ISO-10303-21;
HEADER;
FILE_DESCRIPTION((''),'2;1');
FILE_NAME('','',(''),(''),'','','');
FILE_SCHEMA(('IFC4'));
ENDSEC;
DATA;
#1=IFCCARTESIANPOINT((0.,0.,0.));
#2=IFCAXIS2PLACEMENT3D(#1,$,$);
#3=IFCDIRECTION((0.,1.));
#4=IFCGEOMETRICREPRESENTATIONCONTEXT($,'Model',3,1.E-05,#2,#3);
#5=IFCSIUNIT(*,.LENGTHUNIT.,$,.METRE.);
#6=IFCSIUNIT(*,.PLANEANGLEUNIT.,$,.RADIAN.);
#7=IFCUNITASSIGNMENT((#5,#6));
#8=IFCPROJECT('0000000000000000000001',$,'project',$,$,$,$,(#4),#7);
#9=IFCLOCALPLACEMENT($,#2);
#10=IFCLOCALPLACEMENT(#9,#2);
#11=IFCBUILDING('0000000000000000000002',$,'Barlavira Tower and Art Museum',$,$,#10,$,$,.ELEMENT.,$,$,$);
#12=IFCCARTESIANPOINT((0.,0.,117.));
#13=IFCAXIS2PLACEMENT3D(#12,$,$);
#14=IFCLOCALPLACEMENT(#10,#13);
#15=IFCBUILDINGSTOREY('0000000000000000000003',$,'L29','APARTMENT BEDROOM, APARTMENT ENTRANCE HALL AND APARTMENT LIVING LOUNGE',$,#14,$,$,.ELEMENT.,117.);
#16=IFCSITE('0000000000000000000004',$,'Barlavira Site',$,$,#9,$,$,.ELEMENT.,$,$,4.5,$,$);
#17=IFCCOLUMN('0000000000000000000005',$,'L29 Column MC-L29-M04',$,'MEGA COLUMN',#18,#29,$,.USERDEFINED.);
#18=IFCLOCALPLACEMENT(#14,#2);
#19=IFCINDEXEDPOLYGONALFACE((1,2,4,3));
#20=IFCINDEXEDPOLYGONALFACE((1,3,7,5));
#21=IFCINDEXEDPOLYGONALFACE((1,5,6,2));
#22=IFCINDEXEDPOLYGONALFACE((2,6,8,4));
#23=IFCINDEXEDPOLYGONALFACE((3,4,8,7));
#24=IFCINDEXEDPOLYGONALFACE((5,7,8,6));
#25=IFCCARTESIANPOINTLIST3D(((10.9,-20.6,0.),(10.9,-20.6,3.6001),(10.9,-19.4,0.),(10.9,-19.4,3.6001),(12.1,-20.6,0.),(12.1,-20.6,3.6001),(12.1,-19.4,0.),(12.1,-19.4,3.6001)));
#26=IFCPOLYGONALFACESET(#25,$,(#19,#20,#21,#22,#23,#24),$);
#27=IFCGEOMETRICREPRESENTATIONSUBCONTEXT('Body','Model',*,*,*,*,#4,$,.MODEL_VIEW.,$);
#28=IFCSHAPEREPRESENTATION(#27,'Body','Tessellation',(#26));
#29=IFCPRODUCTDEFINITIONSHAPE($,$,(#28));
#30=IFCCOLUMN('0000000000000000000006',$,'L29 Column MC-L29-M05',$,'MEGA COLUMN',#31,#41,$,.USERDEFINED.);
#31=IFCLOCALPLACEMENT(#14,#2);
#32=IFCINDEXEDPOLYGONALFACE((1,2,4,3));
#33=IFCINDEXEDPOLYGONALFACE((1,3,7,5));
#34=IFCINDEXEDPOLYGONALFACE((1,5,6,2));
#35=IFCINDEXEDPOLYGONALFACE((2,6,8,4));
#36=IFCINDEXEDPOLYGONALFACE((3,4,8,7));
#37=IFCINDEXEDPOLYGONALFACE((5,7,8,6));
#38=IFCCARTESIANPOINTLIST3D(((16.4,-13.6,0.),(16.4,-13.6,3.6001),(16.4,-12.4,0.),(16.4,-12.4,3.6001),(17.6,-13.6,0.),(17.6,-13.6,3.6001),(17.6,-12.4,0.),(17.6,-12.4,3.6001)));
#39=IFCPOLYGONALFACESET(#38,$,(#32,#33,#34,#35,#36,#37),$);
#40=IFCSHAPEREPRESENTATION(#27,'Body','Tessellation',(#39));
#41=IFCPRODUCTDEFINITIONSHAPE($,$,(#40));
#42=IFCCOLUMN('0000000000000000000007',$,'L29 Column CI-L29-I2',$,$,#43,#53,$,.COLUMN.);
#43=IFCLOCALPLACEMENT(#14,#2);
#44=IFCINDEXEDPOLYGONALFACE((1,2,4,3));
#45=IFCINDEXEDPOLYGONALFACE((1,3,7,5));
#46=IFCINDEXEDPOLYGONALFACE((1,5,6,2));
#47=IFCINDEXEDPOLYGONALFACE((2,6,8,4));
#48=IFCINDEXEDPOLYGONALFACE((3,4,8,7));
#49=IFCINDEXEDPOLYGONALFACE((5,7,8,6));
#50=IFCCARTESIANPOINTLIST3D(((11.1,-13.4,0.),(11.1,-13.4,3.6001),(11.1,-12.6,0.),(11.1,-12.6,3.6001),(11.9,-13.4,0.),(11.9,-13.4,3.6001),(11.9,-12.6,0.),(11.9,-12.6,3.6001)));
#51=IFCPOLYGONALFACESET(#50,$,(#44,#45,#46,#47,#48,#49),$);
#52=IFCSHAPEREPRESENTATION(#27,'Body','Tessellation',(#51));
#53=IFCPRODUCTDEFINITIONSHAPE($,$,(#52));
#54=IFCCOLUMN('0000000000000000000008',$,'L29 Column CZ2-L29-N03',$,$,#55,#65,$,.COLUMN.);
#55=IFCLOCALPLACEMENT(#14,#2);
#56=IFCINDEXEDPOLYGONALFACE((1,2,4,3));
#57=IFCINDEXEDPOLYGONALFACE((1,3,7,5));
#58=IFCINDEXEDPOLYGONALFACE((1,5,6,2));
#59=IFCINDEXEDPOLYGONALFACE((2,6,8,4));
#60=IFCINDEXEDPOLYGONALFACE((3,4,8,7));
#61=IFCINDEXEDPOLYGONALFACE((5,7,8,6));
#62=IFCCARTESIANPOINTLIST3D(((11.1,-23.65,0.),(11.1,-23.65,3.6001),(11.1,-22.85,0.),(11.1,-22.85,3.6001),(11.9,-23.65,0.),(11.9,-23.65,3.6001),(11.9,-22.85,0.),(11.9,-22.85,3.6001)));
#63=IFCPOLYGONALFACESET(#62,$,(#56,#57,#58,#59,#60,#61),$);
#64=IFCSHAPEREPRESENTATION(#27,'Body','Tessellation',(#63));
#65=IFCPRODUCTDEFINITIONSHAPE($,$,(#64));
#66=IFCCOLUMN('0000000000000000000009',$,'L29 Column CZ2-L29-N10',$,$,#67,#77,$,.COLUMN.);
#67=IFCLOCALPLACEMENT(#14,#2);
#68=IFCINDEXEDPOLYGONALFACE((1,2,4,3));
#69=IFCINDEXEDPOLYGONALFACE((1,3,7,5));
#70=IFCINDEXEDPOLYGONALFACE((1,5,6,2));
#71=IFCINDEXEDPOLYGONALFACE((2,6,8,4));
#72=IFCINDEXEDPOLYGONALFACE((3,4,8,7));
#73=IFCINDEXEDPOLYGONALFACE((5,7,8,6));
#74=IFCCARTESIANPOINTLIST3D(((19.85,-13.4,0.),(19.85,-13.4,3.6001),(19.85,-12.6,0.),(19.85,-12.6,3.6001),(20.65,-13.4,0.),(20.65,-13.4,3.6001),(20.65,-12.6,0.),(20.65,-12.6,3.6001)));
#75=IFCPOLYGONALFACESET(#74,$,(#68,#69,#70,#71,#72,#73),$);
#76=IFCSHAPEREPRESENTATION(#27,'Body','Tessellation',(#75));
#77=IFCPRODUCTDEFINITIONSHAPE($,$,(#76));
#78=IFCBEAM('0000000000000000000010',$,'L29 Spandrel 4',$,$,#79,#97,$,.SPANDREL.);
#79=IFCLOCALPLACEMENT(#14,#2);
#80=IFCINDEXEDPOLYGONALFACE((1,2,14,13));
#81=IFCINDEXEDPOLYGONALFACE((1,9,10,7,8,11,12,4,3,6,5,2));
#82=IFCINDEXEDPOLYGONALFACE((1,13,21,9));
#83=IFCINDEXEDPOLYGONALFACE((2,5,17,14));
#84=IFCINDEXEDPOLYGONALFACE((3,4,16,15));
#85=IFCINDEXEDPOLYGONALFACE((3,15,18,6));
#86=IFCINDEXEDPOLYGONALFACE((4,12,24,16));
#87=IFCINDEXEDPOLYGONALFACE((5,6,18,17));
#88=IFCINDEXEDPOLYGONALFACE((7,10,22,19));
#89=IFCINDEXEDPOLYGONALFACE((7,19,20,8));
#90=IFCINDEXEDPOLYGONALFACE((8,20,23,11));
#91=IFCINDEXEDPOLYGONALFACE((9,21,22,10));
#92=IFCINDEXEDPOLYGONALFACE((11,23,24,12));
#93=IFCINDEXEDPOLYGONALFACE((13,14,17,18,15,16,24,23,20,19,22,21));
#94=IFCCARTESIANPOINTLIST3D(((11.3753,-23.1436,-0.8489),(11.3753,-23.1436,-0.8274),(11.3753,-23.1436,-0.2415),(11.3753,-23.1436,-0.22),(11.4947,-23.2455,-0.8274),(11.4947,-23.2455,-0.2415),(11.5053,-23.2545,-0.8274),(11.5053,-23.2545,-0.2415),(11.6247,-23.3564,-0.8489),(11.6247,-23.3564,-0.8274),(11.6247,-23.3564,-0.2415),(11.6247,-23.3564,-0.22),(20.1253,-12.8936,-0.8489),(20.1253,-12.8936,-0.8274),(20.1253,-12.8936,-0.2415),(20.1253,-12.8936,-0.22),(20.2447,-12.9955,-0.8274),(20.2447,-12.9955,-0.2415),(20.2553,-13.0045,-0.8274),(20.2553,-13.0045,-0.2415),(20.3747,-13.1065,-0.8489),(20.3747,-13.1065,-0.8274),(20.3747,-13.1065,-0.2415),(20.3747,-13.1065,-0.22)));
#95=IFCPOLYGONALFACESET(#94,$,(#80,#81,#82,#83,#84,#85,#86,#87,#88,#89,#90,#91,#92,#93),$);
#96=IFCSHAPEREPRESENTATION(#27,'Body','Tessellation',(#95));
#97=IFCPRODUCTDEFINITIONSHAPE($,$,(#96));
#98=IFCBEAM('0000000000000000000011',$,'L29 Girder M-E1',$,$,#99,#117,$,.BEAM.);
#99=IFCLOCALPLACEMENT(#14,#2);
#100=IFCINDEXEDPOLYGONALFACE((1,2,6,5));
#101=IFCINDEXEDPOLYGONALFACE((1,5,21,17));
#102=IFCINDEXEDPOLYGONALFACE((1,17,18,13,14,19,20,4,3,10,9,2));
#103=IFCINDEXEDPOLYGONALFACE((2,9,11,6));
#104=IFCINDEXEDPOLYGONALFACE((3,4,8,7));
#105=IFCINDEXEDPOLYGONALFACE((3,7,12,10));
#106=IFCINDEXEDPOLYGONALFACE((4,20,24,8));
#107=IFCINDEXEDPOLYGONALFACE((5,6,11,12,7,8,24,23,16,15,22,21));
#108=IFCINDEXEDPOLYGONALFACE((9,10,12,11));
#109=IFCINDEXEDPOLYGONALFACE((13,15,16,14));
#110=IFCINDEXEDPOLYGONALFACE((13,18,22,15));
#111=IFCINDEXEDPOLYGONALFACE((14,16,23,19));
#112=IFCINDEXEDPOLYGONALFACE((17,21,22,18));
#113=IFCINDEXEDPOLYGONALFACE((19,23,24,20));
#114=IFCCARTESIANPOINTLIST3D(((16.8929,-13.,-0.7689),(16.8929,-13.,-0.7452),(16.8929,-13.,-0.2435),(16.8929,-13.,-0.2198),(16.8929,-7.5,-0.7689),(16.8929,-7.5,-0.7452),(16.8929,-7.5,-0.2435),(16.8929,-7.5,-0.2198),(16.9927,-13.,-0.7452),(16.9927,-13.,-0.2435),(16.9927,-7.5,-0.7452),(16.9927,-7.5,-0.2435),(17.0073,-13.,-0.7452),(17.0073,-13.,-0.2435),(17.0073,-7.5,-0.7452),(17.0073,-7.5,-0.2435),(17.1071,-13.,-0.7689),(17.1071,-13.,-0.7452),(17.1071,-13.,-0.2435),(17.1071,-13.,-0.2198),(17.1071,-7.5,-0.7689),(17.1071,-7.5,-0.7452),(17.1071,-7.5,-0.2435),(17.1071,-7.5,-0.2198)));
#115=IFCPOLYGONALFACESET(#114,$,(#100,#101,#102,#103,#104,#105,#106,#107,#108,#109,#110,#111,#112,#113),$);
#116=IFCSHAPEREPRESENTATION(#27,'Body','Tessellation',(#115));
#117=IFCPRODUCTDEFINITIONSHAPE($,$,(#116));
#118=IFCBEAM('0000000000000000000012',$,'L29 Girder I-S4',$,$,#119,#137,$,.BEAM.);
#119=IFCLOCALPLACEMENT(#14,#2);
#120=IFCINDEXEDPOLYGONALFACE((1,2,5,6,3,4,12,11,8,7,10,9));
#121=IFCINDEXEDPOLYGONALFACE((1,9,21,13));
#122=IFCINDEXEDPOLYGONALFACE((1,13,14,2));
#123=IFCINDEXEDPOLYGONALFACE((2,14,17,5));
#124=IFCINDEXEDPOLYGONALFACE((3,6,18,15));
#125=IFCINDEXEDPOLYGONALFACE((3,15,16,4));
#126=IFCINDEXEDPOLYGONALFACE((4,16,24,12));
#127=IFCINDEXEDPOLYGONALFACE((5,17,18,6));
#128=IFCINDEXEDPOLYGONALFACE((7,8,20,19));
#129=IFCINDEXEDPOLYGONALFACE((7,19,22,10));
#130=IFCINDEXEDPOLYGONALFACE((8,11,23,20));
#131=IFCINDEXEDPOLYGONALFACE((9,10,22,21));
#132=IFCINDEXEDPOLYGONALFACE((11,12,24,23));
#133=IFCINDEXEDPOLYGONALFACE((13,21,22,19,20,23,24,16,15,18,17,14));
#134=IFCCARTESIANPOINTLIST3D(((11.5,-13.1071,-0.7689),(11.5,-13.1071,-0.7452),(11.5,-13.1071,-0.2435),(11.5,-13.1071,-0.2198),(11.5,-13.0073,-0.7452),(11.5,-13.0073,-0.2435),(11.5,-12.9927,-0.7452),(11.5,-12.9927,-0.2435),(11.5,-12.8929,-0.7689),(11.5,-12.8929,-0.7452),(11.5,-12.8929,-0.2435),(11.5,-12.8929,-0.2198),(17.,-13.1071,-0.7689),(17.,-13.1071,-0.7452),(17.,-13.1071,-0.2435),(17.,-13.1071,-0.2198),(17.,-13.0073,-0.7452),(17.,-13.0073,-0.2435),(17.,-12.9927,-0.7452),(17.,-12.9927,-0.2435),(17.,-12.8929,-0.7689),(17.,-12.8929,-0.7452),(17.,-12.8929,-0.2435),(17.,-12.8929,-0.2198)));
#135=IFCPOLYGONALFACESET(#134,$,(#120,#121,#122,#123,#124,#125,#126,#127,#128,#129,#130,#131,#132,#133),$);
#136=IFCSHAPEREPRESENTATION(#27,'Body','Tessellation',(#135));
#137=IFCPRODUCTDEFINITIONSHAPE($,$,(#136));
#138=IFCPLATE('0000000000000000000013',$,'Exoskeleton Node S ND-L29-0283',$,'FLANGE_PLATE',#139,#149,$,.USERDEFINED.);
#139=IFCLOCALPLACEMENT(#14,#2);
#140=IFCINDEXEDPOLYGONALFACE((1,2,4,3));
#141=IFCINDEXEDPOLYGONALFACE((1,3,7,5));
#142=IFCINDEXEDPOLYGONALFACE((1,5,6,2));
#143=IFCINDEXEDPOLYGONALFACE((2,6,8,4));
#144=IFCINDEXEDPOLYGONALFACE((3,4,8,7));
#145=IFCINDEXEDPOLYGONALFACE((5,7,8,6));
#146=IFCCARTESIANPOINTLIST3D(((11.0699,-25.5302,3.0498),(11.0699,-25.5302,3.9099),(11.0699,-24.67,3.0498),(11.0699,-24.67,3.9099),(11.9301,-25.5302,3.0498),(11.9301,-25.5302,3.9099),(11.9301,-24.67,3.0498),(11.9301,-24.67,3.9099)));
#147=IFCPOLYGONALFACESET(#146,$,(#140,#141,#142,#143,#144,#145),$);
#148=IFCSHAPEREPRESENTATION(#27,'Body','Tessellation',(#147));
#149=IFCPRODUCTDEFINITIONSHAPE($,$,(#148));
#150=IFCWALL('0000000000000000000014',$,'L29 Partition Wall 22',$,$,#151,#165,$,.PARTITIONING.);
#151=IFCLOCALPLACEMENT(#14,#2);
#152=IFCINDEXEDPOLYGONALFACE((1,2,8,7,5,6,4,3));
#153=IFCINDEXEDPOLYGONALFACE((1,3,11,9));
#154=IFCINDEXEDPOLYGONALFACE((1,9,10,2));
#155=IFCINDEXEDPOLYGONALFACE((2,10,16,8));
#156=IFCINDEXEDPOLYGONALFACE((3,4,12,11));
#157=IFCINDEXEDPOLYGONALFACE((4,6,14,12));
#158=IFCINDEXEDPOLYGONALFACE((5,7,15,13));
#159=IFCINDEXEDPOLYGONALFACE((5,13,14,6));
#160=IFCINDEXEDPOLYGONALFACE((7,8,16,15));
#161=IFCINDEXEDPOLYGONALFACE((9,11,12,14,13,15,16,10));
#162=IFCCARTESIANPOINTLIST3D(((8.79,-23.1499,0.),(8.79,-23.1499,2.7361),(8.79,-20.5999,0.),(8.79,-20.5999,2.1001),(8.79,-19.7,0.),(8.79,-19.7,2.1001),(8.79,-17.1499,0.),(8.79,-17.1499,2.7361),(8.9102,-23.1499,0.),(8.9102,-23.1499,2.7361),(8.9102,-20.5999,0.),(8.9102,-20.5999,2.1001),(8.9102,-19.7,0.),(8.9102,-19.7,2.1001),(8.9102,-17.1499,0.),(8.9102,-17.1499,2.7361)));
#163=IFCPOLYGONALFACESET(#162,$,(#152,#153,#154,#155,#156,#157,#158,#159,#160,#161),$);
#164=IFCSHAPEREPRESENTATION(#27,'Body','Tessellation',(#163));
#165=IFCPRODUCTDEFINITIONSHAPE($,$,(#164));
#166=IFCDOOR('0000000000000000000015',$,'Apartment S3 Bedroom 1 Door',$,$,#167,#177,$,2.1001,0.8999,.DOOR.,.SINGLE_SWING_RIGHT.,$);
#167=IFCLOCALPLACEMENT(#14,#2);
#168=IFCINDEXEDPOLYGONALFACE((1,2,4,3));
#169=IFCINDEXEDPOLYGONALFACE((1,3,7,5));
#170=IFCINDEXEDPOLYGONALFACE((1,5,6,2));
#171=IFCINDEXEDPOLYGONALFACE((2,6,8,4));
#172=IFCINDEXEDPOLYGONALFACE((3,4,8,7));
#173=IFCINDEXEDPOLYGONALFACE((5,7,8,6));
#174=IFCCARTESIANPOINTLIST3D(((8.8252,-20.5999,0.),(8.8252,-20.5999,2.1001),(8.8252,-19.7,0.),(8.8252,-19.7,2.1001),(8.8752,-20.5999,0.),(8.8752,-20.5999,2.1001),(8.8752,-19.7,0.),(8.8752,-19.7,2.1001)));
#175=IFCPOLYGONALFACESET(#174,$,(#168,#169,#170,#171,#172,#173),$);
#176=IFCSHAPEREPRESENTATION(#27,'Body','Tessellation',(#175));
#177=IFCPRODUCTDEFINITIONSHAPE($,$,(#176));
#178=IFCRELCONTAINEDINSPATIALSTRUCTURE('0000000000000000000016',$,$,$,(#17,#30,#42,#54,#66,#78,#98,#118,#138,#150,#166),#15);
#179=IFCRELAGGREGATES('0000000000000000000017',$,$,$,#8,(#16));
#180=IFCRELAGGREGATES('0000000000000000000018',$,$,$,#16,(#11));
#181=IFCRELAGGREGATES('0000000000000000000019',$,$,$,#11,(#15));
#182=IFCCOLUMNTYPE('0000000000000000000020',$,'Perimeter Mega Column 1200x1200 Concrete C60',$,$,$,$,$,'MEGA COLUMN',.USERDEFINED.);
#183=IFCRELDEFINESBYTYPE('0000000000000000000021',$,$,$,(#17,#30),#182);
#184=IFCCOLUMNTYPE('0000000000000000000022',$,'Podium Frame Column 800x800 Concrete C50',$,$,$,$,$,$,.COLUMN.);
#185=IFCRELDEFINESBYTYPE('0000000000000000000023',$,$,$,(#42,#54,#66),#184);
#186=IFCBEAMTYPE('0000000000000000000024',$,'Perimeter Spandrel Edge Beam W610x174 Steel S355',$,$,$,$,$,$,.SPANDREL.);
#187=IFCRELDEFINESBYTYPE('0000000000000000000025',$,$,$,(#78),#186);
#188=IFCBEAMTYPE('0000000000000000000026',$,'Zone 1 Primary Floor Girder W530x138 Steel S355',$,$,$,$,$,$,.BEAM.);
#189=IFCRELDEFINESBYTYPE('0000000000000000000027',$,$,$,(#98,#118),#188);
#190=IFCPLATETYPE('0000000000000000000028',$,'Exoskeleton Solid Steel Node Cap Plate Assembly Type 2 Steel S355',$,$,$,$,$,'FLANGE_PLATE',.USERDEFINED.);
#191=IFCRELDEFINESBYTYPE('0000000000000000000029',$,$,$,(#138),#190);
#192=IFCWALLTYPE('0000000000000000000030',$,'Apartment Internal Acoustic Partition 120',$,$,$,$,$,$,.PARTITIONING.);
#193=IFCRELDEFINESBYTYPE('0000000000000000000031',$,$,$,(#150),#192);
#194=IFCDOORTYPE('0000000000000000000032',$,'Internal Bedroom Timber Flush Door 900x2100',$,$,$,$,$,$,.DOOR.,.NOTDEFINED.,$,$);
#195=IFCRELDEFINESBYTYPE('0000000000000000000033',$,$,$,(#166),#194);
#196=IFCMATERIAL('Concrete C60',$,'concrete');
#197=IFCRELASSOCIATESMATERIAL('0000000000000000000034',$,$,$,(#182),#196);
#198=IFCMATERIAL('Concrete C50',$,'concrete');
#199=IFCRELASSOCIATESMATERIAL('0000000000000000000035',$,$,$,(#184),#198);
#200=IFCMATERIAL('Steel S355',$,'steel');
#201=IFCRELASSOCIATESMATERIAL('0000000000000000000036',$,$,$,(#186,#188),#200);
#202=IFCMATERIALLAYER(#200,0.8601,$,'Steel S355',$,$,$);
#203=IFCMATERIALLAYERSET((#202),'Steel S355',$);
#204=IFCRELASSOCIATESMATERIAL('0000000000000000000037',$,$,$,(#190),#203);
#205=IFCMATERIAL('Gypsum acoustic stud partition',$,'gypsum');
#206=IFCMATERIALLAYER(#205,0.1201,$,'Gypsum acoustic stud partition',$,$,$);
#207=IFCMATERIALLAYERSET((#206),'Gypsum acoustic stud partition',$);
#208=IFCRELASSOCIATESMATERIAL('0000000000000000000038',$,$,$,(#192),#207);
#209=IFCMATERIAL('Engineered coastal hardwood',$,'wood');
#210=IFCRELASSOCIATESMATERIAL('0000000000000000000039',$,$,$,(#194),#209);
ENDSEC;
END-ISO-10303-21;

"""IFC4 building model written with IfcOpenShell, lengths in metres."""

from ifc_helpers import new_model, si_unit, direction, frame, frame_2d, origin, origin_2d, place, context, subcontext, project, spatial, rectangle, i_section, extrude, material, layer, layer_set, material_profile, profile_set, type_object, element, fill, save


model = new_model("IFC4")

# Units and contexts
model_context = context("Model", 3, precision=1e-05, world=origin(), true_north=direction((0.0, 1.0)))
body_context = subcontext(model_context, "Body", "Model", "MODEL_VIEW")
ifc_project = project(units=[si_unit("LENGTHUNIT", "METRE"), si_unit("PLANEANGLEUNIT", "RADIAN")], contexts=[model_context])

# Site, building, storey
site_placement = place(None, origin())
site = spatial("IfcSite", under=ifc_project, at=site_placement, Name="Barlavira Site", CompositionType="ELEMENT", RefElevation=4.5)
building_placement = place(site_placement, origin())
building = spatial("IfcBuilding", under=site, at=building_placement, Name="Barlavira Tower and Art Museum", CompositionType="ELEMENT")
storey_placement = place(building_placement, frame((0.0, 0.0, 117.0)))
storey = spatial("IfcBuildingStorey", under=building, at=storey_placement, Name="L29", Description="APARTMENT BEDROOM, APARTMENT ENTRANCE HALL AND APARTMENT LIVING LOUNGE", CompositionType="ELEMENT", Elevation=117.0)

# Columns
ifc_material_1 = material(Name="Concrete C60", Category="concrete")
ifc_material_profile_1 = material_profile(ifc_material_1, rectangle(XDim=1.2, YDim=1.2, at=origin_2d()), Name="RC-COL 1200x1200")
ifc_profile_set_1 = profile_set([ifc_material_profile_1], Name="Concrete C60")
column_type_1 = type_object("IfcColumnType", Name="Perimeter Mega Column 1200x1200 Concrete C60", ElementType="MEGA COLUMN", PredefinedType="USERDEFINED", material=ifc_profile_set_1)
for number, where, z_axis, x_axis, name in (
    (1, (11.5, -20.0, 0.0), (0.0, 0.0, 1.0), (1.0, 0.0, 0.0), "L29 Column MC-L29-M04"),
    (2, (17.0, -13.0, 0.0), (0.0, 0.0, 1.0), (1.0, 0.0, 0.0), "L29 Column MC-L29-M05"),
):
    element("IfcColumn", number, at=place(storey_placement, frame(where, z_axis=z_axis, x_axis=x_axis)), inside=storey, type_object=column_type_1, Name=name, ObjectType="MEGA COLUMN", PredefinedType="USERDEFINED", context=body_context, shape_type="SweptSolid", body=[
        extrude(rectangle(XDim=1.2, YDim=1.2, at=origin_2d()), origin(), (0.0, 0.0, 1.0), 3.6001),
    ])
ifc_material_2 = material(Name="Concrete C50", Category="concrete")
ifc_material_profile_2 = material_profile(ifc_material_2, rectangle(XDim=0.8, YDim=0.8, at=origin_2d()), Name="RC-COL 800x800")
ifc_profile_set_2 = profile_set([ifc_material_profile_2], Name="Concrete C50")
column_type_2 = type_object("IfcColumnType", Name="Podium Frame Column 800x800 Concrete C50", PredefinedType="COLUMN", material=ifc_profile_set_2)
for number, where, z_axis, x_axis, name in (
    (3, (11.5, -13.0, 0.0), (0.0, 0.0, 1.0), (1.0, 0.0, 0.0), "L29 Column CI-L29-I2"),
    (4, (11.5, -23.25, 0.0), (0.0, 0.0, 1.0), (1.0, 0.0, 0.0), "L29 Column CZ2-L29-N03"),
    (5, (20.25, -13.0, 0.0), (0.0, 0.0, 1.0), (1.0, 0.0, 0.0), "L29 Column CZ2-L29-N10"),
):
    element("IfcColumn", number, at=place(storey_placement, frame(where, z_axis=z_axis, x_axis=x_axis)), inside=storey, type_object=column_type_2, Name=name, PredefinedType="COLUMN", context=body_context, shape_type="SweptSolid", body=[
        extrude(rectangle(XDim=0.8, YDim=0.8, at=origin_2d()), origin(), (0.0, 0.0, 1.0), 3.6001),
    ])

# Beams
ifc_material_3 = material(Name="Steel S355", Category="steel")
ifc_material_profile_3 = material_profile(ifc_material_3, i_section(OverallWidth=0.3279, OverallDepth=0.6289, WebThickness=0.0139, FlangeThickness=0.0215, at=origin_2d()), Name="W610x174.0")
ifc_profile_set_3 = profile_set([ifc_material_profile_3], Name="Steel S355")
beam_type_1 = type_object("IfcBeamType", Name="Perimeter Spandrel Edge Beam W610x174 Steel S355", PredefinedType="SPANDREL", material=ifc_profile_set_3)
beam_placement = place(storey_placement, frame((11.5, -23.25, -0.5344), z_axis=(0.649262, 0.760565, 0.0), x_axis=(-0.760565, 0.649262, 0.0)))
element("IfcBeam", 6, at=beam_placement, inside=storey, type_object=beam_type_1, Name="L29 Spandrel 4", PredefinedType="SPANDREL", context=body_context, shape_type="SweptSolid", body=[
    extrude(i_section(OverallWidth=0.3279, OverallDepth=0.6289, WebThickness=0.0139, FlangeThickness=0.0215, at=origin_2d()), origin(), (0.0, 0.0, 1.0), 13.4768),
])
ifc_material_profile_4 = material_profile(ifc_material_3, i_section(OverallWidth=0.2141, OverallDepth=0.5491, WebThickness=0.0146, FlangeThickness=0.0237, at=origin_2d()), Name="W530x138.0")
ifc_profile_set_4 = profile_set([ifc_material_profile_4], Name="Steel S355")
beam_type_2 = type_object("IfcBeamType", Name="Zone 1 Primary Floor Girder W530x138 Steel S355", PredefinedType="BEAM", material=ifc_profile_set_4)
for number, where, z_axis, x_axis, name in (
    (7, (17.0, -13.0, -0.4944), (0.0, 1.0, 0.0), (-1.0, 0.0, 0.0), "L29 Girder M-E1"),
    (8, (11.5, -13.0, -0.4944), (1.0, 0.0, 0.0), (0.0, 1.0, 0.0), "L29 Girder I-S4"),
):
    element("IfcBeam", number, at=place(storey_placement, frame(where, z_axis=z_axis, x_axis=x_axis)), inside=storey, type_object=beam_type_2, Name=name, PredefinedType="BEAM", context=body_context, shape_type="SweptSolid", body=[
        extrude(i_section(OverallWidth=0.2141, OverallDepth=0.5491, WebThickness=0.0146, FlangeThickness=0.0237, at=origin_2d()), origin(), (0.0, 0.0, 1.0), 5.5),
    ])

# Plate
ifc_layer_1 = layer(ifc_material_3, 0.8601, Name="Steel S355")
ifc_layer_set_1 = layer_set([ifc_layer_1], Name="Steel S355")
plate_type = type_object("IfcPlateType", Name="Exoskeleton Solid Steel Node Cap Plate Assembly Type 2 Steel S355", ElementType="FLANGE_PLATE", PredefinedType="USERDEFINED", material=ifc_layer_set_1)
plate_placement = place(storey_placement, frame((11.5, -25.1001, 3.0498), z_axis=(0.0, 0.0, 1.0), x_axis=(1.0, 0.0, 0.0)))
element("IfcPlate", 9, at=plate_placement, inside=storey, type_object=plate_type, Name="Exoskeleton Node S ND-L29-0283", ObjectType="FLANGE_PLATE", PredefinedType="USERDEFINED", context=body_context, shape_type="SweptSolid", body=[
    extrude(rectangle(XDim=0.8601, YDim=0.8601, at=origin_2d()), origin(), (0.0, 0.0, 1.0), 0.8601),
])

# Wall, opening, door
ifc_material_4 = material(Name="Gypsum acoustic stud partition", Category="gypsum")
ifc_layer_2 = layer(ifc_material_4, 0.1201, Name="Gypsum acoustic stud partition")
ifc_layer_set_2 = layer_set([ifc_layer_2], Name="Gypsum acoustic stud partition")
wall_type_1 = type_object("IfcWallType", Name="Apartment Internal Acoustic Partition 120", PredefinedType="PARTITIONING", material=ifc_layer_set_2)
wall_1_placement = place(storey_placement, frame((8.8501, -23.1499, 0.0), z_axis=(0.0, 0.0, 1.0), x_axis=(0.0, 1.0, 0.0)))
wall_1 = element("IfcWall", 10, at=wall_1_placement, inside=storey, type_object=wall_type_1, Name="L29 Partition Wall 22", PredefinedType="PARTITIONING", context=body_context, shape_type="SweptSolid", body=[
    extrude(rectangle(XDim=6.0, YDim=0.1201, at=frame_2d((3.0, 0.0))), origin(), (0.0, 0.0, 1.0), 2.7361),
])
opening_1_placement = place(wall_1_placement, frame((2.55, 0.0, 0.0)))
opening_1 = element("IfcOpeningElement", 11, at=opening_1_placement, cuts=wall_1, PredefinedType="OPENING", context=body_context, shape_type="SweptSolid", body=[
    extrude(rectangle(XDim=0.8999, YDim=2.1001, at=frame_2d((0.45, 1.05))), frame((0.0, 0.0701, 0.0), z_axis=(0.0, -1.0, 0.0), x_axis=(1.0, 0.0, 0.0)), (0.0, 0.0, 1.0), 0.1401),
])
ifc_material_5 = material(Name="Engineered coastal hardwood", Category="wood")
door_type_1 = type_object("IfcDoorType", Name="Internal Bedroom Timber Flush Door 900x2100", OperationType="NOTDEFINED", PredefinedType="DOOR", material=ifc_material_5)
door_1_placement = place(opening_1_placement, origin())
door_1 = element("IfcDoor", 12, at=door_1_placement, inside=storey, type_object=door_type_1, Name="Apartment S3 Bedroom 1 Door", OperationType="SINGLE_SWING_RIGHT", OverallHeight=2.1001, OverallWidth=0.8999, PredefinedType="DOOR", context=body_context, shape_type="SweptSolid", body=[
    extrude(rectangle(XDim=0.8999, YDim=2.1001, at=frame_2d((0.45, 1.05))), frame((0.0, 0.0249, 0.0), z_axis=(0.0, -1.0, 0.0), x_axis=(1.0, 0.0, 0.0)), (0.0, 0.0, 1.0), 0.05),
])
fill(opening_1, door_1)

save(model, "model.ifc")
